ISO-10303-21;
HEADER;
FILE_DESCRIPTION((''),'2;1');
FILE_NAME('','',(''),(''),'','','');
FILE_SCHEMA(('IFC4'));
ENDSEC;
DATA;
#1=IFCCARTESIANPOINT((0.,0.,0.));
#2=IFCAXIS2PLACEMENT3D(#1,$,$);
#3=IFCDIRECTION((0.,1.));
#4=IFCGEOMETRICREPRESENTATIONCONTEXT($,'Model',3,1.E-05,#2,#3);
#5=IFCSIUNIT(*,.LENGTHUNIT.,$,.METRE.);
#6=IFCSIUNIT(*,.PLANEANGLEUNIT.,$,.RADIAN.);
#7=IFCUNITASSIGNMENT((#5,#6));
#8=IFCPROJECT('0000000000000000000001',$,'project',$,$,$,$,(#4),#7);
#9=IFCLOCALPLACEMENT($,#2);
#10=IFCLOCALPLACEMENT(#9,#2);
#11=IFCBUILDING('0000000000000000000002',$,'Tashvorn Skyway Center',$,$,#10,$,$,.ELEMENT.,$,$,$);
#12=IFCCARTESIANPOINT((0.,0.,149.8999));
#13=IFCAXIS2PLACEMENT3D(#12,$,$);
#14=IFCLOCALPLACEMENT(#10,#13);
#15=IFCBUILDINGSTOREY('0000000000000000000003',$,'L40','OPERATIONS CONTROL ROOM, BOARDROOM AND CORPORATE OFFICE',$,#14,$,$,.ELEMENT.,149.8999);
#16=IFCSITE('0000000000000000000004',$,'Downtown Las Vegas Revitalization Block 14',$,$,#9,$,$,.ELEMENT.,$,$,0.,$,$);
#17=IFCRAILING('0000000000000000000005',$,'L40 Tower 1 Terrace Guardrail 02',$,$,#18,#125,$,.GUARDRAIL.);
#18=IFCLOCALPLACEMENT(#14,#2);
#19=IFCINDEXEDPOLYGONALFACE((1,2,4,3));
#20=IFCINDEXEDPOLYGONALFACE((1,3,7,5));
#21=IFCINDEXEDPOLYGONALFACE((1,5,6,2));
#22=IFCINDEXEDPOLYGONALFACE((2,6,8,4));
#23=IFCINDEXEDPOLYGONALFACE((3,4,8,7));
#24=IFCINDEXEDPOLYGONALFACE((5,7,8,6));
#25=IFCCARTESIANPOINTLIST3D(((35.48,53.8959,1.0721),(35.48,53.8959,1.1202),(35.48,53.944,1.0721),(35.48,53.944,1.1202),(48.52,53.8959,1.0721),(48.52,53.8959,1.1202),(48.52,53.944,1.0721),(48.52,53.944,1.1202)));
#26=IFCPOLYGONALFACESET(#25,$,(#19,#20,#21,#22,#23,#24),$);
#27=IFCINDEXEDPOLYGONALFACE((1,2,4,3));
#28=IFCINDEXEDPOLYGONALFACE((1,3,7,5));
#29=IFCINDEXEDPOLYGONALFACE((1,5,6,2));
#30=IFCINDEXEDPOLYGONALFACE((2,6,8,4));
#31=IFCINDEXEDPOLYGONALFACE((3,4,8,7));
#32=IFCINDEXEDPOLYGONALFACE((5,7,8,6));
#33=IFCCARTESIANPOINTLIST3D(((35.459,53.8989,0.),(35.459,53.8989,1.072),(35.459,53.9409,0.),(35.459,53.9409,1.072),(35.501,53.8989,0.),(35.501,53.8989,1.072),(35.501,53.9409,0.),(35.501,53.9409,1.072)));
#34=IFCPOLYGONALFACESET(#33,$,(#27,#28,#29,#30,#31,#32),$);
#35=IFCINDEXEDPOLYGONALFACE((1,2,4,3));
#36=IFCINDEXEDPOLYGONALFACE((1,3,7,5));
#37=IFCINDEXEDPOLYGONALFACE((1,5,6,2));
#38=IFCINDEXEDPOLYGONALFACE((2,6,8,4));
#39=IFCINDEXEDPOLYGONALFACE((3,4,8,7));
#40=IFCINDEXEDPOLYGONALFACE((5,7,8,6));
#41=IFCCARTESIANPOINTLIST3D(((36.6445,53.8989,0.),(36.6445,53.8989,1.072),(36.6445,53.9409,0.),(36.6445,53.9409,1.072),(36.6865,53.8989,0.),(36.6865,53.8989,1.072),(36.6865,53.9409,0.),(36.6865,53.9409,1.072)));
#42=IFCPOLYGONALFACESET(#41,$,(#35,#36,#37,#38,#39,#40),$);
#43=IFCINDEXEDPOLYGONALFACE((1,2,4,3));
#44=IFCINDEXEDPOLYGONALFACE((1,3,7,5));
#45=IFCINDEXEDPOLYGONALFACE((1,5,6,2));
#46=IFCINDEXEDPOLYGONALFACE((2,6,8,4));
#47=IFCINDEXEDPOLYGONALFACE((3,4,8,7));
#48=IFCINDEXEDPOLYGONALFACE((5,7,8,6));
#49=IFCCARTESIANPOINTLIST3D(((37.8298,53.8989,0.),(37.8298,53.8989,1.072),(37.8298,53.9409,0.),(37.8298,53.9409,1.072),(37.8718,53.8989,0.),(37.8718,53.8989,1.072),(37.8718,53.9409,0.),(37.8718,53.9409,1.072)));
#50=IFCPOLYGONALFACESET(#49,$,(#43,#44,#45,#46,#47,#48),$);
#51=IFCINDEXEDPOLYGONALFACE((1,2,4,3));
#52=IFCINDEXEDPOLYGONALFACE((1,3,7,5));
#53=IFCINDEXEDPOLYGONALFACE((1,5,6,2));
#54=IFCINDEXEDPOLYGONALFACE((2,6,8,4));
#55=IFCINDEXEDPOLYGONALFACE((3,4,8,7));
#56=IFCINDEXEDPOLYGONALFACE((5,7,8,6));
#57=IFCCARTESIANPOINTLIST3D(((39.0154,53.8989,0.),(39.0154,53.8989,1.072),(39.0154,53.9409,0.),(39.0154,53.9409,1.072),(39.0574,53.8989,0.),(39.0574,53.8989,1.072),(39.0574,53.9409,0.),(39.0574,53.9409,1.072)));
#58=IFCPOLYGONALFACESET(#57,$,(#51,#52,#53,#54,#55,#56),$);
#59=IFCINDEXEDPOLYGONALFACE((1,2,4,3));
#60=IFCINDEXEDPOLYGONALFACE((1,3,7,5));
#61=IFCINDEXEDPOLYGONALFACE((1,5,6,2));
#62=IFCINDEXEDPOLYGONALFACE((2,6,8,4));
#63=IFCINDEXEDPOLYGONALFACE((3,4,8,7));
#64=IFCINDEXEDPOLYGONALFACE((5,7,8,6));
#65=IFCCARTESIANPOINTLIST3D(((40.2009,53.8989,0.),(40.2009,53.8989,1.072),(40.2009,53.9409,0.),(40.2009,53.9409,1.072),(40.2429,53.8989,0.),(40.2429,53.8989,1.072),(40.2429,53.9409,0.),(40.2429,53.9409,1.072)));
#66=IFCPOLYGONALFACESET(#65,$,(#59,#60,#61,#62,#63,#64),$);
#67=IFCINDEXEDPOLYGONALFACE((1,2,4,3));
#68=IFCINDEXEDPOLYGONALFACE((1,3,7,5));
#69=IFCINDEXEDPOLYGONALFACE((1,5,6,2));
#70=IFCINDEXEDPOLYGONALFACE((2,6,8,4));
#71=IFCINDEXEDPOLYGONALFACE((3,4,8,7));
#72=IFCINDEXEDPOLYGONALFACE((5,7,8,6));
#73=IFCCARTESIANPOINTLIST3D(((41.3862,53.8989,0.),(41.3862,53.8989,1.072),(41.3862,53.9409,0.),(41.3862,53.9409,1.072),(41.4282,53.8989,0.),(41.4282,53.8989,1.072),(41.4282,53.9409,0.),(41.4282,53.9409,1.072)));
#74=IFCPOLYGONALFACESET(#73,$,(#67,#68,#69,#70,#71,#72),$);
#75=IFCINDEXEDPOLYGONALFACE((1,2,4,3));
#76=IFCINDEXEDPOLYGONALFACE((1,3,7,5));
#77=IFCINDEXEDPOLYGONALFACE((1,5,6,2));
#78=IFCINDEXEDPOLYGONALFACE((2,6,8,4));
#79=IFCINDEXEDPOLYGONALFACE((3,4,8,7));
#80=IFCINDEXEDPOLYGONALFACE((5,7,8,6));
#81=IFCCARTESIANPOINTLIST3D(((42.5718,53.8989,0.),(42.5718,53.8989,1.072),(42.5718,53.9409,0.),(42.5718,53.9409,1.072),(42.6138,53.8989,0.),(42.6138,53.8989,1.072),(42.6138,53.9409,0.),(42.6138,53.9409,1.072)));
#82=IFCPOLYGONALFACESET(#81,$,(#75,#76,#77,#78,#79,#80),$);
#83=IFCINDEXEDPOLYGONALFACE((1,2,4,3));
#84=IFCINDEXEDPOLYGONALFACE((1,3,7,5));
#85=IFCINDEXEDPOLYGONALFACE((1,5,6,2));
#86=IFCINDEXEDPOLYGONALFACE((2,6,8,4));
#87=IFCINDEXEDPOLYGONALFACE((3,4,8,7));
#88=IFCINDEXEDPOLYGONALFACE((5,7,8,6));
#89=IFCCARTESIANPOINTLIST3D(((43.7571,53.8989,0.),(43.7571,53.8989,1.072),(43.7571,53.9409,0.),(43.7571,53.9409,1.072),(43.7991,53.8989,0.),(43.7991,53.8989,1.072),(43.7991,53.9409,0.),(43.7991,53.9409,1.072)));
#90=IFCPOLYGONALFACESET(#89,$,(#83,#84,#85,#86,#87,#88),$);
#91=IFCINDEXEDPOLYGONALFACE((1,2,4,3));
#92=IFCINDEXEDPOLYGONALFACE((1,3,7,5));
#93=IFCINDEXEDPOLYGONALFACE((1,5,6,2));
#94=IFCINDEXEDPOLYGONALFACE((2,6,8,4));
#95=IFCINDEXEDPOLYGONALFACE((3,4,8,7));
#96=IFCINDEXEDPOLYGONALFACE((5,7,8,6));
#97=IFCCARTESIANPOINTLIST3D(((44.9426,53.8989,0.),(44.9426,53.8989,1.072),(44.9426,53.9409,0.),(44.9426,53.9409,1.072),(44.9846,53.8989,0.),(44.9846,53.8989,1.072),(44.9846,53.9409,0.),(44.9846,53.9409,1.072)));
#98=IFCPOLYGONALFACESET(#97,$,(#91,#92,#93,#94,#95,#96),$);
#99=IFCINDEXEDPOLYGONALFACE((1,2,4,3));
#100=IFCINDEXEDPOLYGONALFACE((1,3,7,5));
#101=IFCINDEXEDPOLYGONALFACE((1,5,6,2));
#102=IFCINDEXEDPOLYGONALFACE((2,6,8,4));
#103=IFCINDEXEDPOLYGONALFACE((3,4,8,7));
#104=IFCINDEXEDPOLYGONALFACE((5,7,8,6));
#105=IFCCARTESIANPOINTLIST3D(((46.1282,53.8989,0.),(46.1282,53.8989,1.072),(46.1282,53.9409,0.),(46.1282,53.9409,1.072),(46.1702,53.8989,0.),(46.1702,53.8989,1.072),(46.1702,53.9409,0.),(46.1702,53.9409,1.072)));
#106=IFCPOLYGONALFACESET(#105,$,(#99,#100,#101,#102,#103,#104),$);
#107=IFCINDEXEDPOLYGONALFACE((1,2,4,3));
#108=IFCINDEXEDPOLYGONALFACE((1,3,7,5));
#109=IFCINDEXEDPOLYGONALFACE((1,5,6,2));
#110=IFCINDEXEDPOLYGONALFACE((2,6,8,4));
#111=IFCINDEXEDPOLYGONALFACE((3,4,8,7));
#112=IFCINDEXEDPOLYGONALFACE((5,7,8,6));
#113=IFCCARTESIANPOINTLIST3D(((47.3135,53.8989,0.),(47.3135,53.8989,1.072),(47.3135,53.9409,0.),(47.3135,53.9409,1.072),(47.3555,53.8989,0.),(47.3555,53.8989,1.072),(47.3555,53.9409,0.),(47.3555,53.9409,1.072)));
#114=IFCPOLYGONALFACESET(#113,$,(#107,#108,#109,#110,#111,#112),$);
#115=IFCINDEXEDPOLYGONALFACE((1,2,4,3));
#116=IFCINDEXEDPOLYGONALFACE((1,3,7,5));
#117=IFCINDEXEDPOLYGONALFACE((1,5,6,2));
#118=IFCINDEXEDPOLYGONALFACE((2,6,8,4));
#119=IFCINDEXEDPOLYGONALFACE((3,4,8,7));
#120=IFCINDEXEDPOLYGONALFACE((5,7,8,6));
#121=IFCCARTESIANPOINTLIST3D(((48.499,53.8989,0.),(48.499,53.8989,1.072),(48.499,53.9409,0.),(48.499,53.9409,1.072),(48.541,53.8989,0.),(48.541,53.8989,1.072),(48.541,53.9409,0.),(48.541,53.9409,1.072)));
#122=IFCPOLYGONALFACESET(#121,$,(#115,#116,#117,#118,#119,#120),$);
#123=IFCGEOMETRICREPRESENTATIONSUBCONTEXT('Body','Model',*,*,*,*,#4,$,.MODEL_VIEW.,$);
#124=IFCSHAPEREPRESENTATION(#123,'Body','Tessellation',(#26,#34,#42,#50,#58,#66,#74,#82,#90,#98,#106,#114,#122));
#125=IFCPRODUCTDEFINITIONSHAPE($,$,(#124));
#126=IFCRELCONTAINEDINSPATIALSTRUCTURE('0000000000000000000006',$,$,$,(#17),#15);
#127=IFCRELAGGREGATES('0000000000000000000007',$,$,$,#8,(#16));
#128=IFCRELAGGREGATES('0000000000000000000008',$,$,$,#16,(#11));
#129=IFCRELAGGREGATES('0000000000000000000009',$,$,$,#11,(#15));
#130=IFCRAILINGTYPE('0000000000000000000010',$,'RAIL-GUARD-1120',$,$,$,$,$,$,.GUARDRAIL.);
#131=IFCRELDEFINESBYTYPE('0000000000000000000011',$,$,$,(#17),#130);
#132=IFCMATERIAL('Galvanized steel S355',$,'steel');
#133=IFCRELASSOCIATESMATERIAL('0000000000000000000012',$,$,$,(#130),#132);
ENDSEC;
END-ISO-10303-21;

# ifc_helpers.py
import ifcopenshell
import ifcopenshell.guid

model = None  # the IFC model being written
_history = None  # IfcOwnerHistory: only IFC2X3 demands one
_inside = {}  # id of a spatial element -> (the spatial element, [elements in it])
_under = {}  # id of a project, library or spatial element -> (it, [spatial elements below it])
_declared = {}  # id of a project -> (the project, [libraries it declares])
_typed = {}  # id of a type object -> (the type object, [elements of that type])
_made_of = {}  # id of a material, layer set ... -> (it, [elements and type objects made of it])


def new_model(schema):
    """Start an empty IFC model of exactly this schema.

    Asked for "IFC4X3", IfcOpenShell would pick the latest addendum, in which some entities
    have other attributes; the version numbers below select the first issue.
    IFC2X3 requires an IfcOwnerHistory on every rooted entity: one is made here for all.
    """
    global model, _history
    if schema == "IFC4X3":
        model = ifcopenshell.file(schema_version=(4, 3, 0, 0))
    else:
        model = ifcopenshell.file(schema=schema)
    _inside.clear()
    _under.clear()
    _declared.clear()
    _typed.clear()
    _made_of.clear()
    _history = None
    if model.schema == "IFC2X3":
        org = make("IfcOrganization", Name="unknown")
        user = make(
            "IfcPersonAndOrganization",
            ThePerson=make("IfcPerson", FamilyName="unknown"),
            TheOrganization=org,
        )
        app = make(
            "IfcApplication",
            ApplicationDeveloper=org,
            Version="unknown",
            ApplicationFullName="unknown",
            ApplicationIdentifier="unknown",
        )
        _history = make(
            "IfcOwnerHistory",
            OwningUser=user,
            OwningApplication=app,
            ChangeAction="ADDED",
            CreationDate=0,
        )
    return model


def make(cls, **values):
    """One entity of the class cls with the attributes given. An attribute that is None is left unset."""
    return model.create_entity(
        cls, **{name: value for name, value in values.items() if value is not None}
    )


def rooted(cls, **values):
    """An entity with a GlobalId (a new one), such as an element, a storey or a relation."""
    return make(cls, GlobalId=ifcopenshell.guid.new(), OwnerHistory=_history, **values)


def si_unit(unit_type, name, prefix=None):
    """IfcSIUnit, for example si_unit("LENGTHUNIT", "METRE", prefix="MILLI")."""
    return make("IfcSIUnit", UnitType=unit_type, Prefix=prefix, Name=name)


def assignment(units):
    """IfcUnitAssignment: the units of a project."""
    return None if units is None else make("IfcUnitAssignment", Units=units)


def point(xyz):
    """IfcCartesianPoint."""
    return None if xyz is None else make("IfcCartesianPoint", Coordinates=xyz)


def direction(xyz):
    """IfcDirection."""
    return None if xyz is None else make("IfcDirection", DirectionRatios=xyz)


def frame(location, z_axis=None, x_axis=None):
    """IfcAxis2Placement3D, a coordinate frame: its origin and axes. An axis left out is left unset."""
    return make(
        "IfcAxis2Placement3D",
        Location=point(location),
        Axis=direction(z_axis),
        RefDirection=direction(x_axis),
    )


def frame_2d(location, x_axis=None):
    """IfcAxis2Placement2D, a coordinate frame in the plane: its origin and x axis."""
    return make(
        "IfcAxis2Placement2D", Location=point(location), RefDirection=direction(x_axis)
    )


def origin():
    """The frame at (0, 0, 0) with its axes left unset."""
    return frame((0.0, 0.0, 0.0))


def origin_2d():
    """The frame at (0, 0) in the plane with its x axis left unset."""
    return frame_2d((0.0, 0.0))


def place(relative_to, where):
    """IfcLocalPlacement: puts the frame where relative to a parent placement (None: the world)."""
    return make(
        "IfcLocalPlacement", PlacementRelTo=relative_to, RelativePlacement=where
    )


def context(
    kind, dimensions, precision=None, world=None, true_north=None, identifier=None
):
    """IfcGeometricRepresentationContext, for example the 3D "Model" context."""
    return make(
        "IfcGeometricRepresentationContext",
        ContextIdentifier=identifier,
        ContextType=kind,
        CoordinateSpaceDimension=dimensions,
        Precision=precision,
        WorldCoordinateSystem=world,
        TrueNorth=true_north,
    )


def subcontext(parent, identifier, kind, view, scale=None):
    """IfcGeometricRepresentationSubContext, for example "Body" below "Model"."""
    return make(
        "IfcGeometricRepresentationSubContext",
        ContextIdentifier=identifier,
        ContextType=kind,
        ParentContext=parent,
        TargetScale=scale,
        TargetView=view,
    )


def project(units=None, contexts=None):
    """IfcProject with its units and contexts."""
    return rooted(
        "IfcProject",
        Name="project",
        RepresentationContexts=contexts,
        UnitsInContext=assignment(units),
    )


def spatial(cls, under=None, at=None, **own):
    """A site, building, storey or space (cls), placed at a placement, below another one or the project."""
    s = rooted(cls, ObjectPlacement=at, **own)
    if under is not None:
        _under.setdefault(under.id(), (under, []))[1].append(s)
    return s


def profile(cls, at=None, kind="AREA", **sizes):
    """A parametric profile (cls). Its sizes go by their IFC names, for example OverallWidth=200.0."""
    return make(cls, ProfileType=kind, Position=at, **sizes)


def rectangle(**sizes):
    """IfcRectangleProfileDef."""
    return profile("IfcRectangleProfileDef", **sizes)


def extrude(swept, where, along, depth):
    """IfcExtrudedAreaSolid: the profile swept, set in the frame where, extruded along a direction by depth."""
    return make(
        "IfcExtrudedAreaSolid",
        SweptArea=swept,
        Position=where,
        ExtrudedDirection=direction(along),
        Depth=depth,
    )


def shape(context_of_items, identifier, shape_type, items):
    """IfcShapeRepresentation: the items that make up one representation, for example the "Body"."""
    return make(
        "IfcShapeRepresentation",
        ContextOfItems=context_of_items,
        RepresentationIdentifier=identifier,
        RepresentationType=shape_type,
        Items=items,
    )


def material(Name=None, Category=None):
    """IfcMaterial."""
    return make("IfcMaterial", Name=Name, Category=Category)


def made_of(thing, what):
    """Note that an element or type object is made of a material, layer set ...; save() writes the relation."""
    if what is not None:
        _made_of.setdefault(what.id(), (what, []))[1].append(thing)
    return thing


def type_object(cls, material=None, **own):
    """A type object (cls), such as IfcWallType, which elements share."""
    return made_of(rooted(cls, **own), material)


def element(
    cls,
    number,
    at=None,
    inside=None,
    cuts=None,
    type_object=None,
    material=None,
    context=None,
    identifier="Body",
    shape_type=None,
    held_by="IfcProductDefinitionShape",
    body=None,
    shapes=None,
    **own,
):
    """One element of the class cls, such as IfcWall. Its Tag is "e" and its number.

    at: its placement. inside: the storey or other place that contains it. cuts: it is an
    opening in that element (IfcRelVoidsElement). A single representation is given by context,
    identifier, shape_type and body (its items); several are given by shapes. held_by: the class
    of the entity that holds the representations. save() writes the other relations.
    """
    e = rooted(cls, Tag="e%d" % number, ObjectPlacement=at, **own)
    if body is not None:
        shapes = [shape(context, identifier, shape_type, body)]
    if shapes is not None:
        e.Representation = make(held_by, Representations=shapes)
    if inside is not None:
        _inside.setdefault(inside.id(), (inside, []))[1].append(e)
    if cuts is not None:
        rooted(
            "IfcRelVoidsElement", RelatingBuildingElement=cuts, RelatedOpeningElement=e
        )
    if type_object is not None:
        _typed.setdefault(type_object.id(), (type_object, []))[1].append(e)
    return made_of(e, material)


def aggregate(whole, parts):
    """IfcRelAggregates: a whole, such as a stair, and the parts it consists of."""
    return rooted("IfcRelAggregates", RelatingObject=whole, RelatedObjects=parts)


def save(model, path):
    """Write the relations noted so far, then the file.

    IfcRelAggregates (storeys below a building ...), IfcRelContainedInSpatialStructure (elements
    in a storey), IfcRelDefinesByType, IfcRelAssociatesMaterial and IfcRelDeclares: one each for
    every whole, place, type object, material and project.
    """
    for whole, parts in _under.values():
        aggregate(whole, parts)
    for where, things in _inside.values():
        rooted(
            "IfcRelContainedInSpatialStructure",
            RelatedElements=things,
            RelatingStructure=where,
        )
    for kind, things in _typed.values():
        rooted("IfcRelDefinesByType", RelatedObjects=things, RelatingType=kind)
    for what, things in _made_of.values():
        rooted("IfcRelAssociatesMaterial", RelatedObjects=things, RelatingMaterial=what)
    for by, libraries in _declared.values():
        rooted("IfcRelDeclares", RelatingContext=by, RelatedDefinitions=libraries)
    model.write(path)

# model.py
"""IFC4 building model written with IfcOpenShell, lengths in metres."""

from ifc_helpers import new_model, si_unit, direction, frame, origin, origin_2d, place, context, subcontext, project, spatial, rectangle, extrude, material, type_object, element, save


model = new_model("IFC4")

# Units and contexts
model_context = context("Model", 3, precision=1e-05, world=origin(), true_north=direction((0.0, 1.0)))
body_context = subcontext(model_context, "Body", "Model", "MODEL_VIEW")
ifc_project = project(units=[si_unit("LENGTHUNIT", "METRE"), si_unit("PLANEANGLEUNIT", "RADIAN")], contexts=[model_context])

# Site, building, storey
site_placement = place(None, origin())
site = spatial("IfcSite", under=ifc_project, at=site_placement, Name="Downtown Las Vegas Revitalization Block 14", CompositionType="ELEMENT", RefElevation=0.0)
building_placement = place(site_placement, origin())
building = spatial("IfcBuilding", under=site, at=building_placement, Name="Tashvorn Skyway Center", CompositionType="ELEMENT")
storey_placement = place(building_placement, frame((0.0, 0.0, 149.8999)))
storey = spatial("IfcBuildingStorey", under=building, at=storey_placement, Name="L40", Description="OPERATIONS CONTROL ROOM, BOARDROOM AND CORPORATE OFFICE", CompositionType="ELEMENT", Elevation=149.8999)

# Railing
ifc_material_1 = material(Name="Galvanized steel S355", Category="steel")
railing_type = type_object("IfcRailingType", Name="RAIL-GUARD-1120", PredefinedType="GUARDRAIL", material=ifc_material_1)
railing_1_placement = place(storey_placement, frame((35.48, 53.9199, 0.0)))
element("IfcRailing", 1, at=railing_1_placement, inside=storey, type_object=railing_type, Name="L40 Tower 1 Terrace Guardrail 02", PredefinedType="GUARDRAIL", context=body_context, shape_type="SweptSolid", body=[
    extrude(rectangle(XDim=0.0481, YDim=0.0481, at=origin_2d()), frame((0.0, 0.0, 1.0962), z_axis=(1.0, 0.0, 0.0), x_axis=(0.0, 1.0, 0.0)), (0.0, 0.0, 1.0), 13.04),
    extrude(rectangle(XDim=0.042, YDim=0.042, at=origin_2d()), origin(), (0.0, 0.0, 1.0), 1.072),
    extrude(rectangle(XDim=0.042, YDim=0.042, at=origin_2d()), frame((1.1855, 0.0, 0.0)), (0.0, 0.0, 1.0), 1.072),
    extrude(rectangle(XDim=0.042, YDim=0.042, at=origin_2d()), frame((2.3708, 0.0, 0.0)), (0.0, 0.0, 1.0), 1.072),
    extrude(rectangle(XDim=0.042, YDim=0.042, at=origin_2d()), frame((3.5564, 0.0, 0.0)), (0.0, 0.0, 1.0), 1.072),
    extrude(rectangle(XDim=0.042, YDim=0.042, at=origin_2d()), frame((4.7419, 0.0, 0.0)), (0.0, 0.0, 1.0), 1.072),
    extrude(rectangle(XDim=0.042, YDim=0.042, at=origin_2d()), frame((5.9272, 0.0, 0.0)), (0.0, 0.0, 1.0), 1.072),
    extrude(rectangle(XDim=0.042, YDim=0.042, at=origin_2d()), frame((7.1128, 0.0, 0.0)), (0.0, 0.0, 1.0), 1.072),
    extrude(rectangle(XDim=0.042, YDim=0.042, at=origin_2d()), frame((8.2981, 0.0, 0.0)), (0.0, 0.0, 1.0), 1.072),
    extrude(rectangle(XDim=0.042, YDim=0.042, at=origin_2d()), frame((9.4836, 0.0, 0.0)), (0.0, 0.0, 1.0), 1.072),
    extrude(rectangle(XDim=0.042, YDim=0.042, at=origin_2d()), frame((10.6692, 0.0, 0.0)), (0.0, 0.0, 1.0), 1.072),
    extrude(rectangle(XDim=0.042, YDim=0.042, at=origin_2d()), frame((11.8545, 0.0, 0.0)), (0.0, 0.0, 1.0), 1.072),
    extrude(rectangle(XDim=0.042, YDim=0.042, at=origin_2d()), frame((13.04, 0.0, 0.0)), (0.0, 0.0, 1.0), 1.072),
])

save(model, "model.ifc")
